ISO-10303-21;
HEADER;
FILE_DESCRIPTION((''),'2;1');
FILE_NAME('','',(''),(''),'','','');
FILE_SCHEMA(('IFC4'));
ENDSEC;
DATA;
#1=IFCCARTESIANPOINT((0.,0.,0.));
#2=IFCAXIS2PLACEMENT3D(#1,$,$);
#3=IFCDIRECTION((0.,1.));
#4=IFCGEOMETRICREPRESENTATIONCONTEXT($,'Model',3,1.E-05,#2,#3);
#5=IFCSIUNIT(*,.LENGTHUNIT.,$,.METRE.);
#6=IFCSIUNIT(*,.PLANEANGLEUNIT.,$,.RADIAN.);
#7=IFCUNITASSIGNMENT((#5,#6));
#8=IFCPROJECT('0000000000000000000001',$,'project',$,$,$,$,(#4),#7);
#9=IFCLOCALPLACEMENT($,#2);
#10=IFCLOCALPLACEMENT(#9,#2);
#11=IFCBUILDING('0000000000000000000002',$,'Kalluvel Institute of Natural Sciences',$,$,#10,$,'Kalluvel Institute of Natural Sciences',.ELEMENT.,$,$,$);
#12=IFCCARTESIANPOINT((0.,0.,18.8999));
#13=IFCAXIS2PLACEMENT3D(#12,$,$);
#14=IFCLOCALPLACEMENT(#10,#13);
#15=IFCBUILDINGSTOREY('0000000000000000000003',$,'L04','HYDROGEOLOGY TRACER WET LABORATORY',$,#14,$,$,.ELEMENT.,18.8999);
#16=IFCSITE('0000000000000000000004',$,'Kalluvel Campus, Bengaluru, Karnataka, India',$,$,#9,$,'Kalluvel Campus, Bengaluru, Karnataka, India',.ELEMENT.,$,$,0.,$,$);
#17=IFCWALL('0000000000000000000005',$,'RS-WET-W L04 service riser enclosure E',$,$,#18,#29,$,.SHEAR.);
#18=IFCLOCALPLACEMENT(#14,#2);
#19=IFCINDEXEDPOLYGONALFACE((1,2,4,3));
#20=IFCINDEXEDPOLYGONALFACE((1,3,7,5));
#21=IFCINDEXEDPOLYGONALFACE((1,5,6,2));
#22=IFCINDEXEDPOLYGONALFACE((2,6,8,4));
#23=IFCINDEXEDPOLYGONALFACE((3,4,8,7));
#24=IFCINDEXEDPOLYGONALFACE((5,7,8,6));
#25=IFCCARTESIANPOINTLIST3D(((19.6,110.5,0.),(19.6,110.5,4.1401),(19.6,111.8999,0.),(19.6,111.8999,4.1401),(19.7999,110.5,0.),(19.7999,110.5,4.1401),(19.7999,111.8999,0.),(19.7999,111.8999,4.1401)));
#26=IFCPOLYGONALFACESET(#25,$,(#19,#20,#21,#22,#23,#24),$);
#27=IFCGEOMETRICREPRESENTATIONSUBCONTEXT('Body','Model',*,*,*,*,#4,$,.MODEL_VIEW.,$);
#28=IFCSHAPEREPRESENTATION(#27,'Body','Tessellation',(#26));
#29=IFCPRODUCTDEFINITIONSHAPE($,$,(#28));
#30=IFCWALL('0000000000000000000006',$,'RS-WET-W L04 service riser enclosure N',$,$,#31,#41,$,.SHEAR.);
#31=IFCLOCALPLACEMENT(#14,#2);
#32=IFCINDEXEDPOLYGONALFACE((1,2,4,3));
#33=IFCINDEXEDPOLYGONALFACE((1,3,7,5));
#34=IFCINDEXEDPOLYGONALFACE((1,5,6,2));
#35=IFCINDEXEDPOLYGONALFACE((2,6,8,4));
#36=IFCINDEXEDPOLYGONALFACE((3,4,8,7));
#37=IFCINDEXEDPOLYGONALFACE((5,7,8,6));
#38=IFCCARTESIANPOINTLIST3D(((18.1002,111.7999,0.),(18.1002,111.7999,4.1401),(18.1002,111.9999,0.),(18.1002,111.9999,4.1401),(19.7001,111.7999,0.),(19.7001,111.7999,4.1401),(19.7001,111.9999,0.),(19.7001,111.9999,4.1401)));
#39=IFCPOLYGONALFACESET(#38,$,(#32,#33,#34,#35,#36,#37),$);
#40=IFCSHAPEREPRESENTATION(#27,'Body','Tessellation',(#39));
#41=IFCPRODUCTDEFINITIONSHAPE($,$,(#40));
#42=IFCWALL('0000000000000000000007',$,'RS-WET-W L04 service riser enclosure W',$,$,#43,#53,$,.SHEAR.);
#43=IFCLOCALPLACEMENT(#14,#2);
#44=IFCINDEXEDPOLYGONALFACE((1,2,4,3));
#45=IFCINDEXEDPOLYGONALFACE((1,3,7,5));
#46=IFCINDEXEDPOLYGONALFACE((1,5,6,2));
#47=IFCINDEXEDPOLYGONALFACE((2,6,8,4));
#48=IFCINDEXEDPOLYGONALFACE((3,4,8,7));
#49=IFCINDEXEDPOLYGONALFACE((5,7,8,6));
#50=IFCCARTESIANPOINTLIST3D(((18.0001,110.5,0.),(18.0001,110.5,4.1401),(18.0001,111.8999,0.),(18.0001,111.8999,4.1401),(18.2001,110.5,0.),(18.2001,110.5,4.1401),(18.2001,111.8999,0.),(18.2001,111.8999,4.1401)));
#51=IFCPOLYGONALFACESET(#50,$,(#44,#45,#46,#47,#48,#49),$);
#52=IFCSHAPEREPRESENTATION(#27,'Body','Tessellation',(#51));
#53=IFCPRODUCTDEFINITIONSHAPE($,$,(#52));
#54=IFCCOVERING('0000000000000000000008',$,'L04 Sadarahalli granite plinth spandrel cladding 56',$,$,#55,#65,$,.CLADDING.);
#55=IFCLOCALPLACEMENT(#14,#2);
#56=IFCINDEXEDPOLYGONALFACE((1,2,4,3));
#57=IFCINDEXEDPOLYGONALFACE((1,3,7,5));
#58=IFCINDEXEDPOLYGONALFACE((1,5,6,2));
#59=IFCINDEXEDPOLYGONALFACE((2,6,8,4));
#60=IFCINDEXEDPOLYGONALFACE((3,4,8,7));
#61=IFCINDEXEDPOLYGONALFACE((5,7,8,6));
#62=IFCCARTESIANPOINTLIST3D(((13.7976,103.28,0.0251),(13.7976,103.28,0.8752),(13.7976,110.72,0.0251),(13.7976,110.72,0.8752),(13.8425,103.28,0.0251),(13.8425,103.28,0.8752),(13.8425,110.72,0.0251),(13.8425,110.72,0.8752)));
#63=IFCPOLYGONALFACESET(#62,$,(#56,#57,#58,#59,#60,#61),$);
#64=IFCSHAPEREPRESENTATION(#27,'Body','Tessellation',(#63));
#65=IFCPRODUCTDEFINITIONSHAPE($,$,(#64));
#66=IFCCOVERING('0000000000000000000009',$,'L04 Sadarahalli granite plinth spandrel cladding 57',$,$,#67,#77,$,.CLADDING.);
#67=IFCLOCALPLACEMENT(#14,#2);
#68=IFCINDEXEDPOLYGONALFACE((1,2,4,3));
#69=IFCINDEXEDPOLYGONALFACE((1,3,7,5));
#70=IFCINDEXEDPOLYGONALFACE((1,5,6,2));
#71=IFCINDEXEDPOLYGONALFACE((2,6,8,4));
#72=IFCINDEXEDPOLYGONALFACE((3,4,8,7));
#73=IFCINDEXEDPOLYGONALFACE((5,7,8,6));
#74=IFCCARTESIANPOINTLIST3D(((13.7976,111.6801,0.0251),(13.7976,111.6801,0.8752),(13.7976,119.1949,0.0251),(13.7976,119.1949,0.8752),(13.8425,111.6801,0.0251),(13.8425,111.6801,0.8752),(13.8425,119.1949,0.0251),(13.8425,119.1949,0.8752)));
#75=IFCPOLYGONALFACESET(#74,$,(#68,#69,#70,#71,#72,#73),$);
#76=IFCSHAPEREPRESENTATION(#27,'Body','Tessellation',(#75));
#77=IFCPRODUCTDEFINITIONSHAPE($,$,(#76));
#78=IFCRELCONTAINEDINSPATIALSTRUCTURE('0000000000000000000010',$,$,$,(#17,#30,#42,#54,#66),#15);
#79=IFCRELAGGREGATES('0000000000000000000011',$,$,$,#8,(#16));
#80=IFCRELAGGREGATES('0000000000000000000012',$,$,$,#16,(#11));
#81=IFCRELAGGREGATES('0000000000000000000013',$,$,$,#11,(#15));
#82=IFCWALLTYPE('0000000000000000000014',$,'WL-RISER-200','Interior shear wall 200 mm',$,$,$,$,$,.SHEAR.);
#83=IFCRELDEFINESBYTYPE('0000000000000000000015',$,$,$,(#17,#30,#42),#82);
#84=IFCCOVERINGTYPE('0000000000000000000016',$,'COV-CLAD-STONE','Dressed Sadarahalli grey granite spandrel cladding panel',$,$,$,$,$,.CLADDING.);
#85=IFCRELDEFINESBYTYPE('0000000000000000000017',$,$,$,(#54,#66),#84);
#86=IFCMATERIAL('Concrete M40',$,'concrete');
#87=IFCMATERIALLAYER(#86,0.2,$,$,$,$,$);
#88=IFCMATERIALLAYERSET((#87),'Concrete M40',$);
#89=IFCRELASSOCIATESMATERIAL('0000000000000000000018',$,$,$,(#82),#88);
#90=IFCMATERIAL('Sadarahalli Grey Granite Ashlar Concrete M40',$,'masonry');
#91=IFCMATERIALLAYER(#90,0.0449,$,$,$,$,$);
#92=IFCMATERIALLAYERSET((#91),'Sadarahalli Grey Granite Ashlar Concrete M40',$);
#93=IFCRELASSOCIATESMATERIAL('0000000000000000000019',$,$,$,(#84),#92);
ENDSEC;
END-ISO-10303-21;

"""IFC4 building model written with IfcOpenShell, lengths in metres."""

from ifc_helpers import new_model, si_unit, direction, frame, frame_2d, origin, origin_2d, place, context, subcontext, project, spatial, rectangle, extrude, material, layer, layer_set, type_object, element, save


model = new_model("IFC4")

# Units and contexts
model_context = context("Model", 3, precision=1e-05, world=origin(), true_north=direction((0.0, 1.0)))
body_context = subcontext(model_context, "Body", "Model", "MODEL_VIEW")
ifc_project = project(units=[si_unit("LENGTHUNIT", "METRE"), si_unit("PLANEANGLEUNIT", "RADIAN")], contexts=[model_context])

# Site, building, storey
site_placement = place(None, origin())
site = spatial("IfcSite", under=ifc_project, at=site_placement, Name="Kalluvel Campus, Bengaluru, Karnataka, India", LongName="Kalluvel Campus, Bengaluru, Karnataka, India", CompositionType="ELEMENT", RefElevation=0.0)
building_placement = place(site_placement, origin())
building = spatial("IfcBuilding", under=site, at=building_placement, Name="Kalluvel Institute of Natural Sciences", LongName="Kalluvel Institute of Natural Sciences", CompositionType="ELEMENT")
storey_placement = place(building_placement, frame((0.0, 0.0, 18.8999)))
storey = spatial("IfcBuildingStorey", under=building, at=storey_placement, Name="L04", Description="HYDROGEOLOGY TRACER WET LABORATORY", CompositionType="ELEMENT", Elevation=18.8999)

# Shared definitions
ifc_material_1 = material(Name="Concrete M40", Category="concrete")

# Shared definitions
ifc_material_2 = material(Name="Sadarahalli Grey Granite Ashlar Concrete M40", Category="masonry")

# Walls
ifc_layer_1 = layer(ifc_material_1, 0.2)
ifc_layer_set_1 = layer_set([ifc_layer_1], Name="Concrete M40")
wall_type_1 = type_object("IfcWallType", Name="WL-RISER-200", Description="Interior shear wall 200 mm", PredefinedType="SHEAR", material=ifc_layer_set_1)
wall_1_placement = place(storey_placement, frame((19.7, 110.5, 0.0), z_axis=(0.0, 0.0, 1.0), x_axis=(0.0, 1.0, 0.0)))
element("IfcWall", 1, at=wall_1_placement, inside=storey, type_object=wall_type_1, Name="RS-WET-W L04 service riser enclosure E", PredefinedType="SHEAR", context=body_context, shape_type="SweptSolid", body=[
    extrude(rectangle(XDim=1.3999, YDim=0.2, at=frame_2d((0.7, 0.0))), origin(), (0.0, 0.0, 1.0), 4.1401),
])
wall_2_placement = place(storey_placement, frame((19.7, 111.8999, 0.0), z_axis=(0.0, 0.0, 1.0), x_axis=(-1.0, 0.0, 0.0)))
element("IfcWall", 2, at=wall_2_placement, inside=storey, type_object=wall_type_1, Name="RS-WET-W L04 service riser enclosure N", PredefinedType="SHEAR", context=body_context, shape_type="SweptSolid", body=[
    extrude(rectangle(XDim=1.5999, YDim=0.2, at=frame_2d((0.7998, 0.0))), origin(), (0.0, 0.0, 1.0), 4.1401),
])
wall_3_placement = place(storey_placement, frame((18.1001, 111.8999, 0.0), z_axis=(0.0, 0.0, 1.0), x_axis=(0.0, -1.0, 0.0)))
element("IfcWall", 3, at=wall_3_placement, inside=storey, type_object=wall_type_1, Name="RS-WET-W L04 service riser enclosure W", PredefinedType="SHEAR", context=body_context, shape_type="SweptSolid", body=[
    extrude(rectangle(XDim=1.3999, YDim=0.2, at=frame_2d((0.7, 0.0))), origin(), (0.0, 0.0, 1.0), 4.1401),
])

# Coverings
ifc_layer_2 = layer(ifc_material_2, 0.0449)
ifc_layer_set_2 = layer_set([ifc_layer_2], Name="Sadarahalli Grey Granite Ashlar Concrete M40")
covering_type = type_object("IfcCoveringType", Name="COV-CLAD-STONE", Description="Dressed Sadarahalli grey granite spandrel cladding panel", PredefinedType="CLADDING", material=ifc_layer_set_2)
covering_1_placement = place(storey_placement, frame((13.8201, 107.0, 0.0251), z_axis=(0.0, 0.0, 1.0), x_axis=(0.0, 1.0, 0.0)))
element("IfcCovering", 4, at=covering_1_placement, inside=storey, type_object=covering_type, Name="L04 Sadarahalli granite plinth spandrel cladding 56", PredefinedType="CLADDING", context=body_context, shape_type="SweptSolid", body=[
    extrude(rectangle(XDim=7.4399, YDim=0.0449, at=origin_2d()), origin(), (0.0, 0.0, 1.0), 0.8501),
])
covering_2_placement = place(storey_placement, frame((13.8201, 115.4375, 0.0251), z_axis=(0.0, 0.0, 1.0), x_axis=(0.0, 1.0, 0.0)))
element("IfcCovering", 5, at=covering_2_placement, inside=storey, type_object=covering_type, Name="L04 Sadarahalli granite plinth spandrel cladding 57", PredefinedType="CLADDING", context=body_context, shape_type="SweptSolid", body=[
    extrude(rectangle(XDim=7.5149, YDim=0.0449, at=origin_2d()), origin(), (0.0, 0.0, 1.0), 0.8501),
])

save(model, "model.ifc")
